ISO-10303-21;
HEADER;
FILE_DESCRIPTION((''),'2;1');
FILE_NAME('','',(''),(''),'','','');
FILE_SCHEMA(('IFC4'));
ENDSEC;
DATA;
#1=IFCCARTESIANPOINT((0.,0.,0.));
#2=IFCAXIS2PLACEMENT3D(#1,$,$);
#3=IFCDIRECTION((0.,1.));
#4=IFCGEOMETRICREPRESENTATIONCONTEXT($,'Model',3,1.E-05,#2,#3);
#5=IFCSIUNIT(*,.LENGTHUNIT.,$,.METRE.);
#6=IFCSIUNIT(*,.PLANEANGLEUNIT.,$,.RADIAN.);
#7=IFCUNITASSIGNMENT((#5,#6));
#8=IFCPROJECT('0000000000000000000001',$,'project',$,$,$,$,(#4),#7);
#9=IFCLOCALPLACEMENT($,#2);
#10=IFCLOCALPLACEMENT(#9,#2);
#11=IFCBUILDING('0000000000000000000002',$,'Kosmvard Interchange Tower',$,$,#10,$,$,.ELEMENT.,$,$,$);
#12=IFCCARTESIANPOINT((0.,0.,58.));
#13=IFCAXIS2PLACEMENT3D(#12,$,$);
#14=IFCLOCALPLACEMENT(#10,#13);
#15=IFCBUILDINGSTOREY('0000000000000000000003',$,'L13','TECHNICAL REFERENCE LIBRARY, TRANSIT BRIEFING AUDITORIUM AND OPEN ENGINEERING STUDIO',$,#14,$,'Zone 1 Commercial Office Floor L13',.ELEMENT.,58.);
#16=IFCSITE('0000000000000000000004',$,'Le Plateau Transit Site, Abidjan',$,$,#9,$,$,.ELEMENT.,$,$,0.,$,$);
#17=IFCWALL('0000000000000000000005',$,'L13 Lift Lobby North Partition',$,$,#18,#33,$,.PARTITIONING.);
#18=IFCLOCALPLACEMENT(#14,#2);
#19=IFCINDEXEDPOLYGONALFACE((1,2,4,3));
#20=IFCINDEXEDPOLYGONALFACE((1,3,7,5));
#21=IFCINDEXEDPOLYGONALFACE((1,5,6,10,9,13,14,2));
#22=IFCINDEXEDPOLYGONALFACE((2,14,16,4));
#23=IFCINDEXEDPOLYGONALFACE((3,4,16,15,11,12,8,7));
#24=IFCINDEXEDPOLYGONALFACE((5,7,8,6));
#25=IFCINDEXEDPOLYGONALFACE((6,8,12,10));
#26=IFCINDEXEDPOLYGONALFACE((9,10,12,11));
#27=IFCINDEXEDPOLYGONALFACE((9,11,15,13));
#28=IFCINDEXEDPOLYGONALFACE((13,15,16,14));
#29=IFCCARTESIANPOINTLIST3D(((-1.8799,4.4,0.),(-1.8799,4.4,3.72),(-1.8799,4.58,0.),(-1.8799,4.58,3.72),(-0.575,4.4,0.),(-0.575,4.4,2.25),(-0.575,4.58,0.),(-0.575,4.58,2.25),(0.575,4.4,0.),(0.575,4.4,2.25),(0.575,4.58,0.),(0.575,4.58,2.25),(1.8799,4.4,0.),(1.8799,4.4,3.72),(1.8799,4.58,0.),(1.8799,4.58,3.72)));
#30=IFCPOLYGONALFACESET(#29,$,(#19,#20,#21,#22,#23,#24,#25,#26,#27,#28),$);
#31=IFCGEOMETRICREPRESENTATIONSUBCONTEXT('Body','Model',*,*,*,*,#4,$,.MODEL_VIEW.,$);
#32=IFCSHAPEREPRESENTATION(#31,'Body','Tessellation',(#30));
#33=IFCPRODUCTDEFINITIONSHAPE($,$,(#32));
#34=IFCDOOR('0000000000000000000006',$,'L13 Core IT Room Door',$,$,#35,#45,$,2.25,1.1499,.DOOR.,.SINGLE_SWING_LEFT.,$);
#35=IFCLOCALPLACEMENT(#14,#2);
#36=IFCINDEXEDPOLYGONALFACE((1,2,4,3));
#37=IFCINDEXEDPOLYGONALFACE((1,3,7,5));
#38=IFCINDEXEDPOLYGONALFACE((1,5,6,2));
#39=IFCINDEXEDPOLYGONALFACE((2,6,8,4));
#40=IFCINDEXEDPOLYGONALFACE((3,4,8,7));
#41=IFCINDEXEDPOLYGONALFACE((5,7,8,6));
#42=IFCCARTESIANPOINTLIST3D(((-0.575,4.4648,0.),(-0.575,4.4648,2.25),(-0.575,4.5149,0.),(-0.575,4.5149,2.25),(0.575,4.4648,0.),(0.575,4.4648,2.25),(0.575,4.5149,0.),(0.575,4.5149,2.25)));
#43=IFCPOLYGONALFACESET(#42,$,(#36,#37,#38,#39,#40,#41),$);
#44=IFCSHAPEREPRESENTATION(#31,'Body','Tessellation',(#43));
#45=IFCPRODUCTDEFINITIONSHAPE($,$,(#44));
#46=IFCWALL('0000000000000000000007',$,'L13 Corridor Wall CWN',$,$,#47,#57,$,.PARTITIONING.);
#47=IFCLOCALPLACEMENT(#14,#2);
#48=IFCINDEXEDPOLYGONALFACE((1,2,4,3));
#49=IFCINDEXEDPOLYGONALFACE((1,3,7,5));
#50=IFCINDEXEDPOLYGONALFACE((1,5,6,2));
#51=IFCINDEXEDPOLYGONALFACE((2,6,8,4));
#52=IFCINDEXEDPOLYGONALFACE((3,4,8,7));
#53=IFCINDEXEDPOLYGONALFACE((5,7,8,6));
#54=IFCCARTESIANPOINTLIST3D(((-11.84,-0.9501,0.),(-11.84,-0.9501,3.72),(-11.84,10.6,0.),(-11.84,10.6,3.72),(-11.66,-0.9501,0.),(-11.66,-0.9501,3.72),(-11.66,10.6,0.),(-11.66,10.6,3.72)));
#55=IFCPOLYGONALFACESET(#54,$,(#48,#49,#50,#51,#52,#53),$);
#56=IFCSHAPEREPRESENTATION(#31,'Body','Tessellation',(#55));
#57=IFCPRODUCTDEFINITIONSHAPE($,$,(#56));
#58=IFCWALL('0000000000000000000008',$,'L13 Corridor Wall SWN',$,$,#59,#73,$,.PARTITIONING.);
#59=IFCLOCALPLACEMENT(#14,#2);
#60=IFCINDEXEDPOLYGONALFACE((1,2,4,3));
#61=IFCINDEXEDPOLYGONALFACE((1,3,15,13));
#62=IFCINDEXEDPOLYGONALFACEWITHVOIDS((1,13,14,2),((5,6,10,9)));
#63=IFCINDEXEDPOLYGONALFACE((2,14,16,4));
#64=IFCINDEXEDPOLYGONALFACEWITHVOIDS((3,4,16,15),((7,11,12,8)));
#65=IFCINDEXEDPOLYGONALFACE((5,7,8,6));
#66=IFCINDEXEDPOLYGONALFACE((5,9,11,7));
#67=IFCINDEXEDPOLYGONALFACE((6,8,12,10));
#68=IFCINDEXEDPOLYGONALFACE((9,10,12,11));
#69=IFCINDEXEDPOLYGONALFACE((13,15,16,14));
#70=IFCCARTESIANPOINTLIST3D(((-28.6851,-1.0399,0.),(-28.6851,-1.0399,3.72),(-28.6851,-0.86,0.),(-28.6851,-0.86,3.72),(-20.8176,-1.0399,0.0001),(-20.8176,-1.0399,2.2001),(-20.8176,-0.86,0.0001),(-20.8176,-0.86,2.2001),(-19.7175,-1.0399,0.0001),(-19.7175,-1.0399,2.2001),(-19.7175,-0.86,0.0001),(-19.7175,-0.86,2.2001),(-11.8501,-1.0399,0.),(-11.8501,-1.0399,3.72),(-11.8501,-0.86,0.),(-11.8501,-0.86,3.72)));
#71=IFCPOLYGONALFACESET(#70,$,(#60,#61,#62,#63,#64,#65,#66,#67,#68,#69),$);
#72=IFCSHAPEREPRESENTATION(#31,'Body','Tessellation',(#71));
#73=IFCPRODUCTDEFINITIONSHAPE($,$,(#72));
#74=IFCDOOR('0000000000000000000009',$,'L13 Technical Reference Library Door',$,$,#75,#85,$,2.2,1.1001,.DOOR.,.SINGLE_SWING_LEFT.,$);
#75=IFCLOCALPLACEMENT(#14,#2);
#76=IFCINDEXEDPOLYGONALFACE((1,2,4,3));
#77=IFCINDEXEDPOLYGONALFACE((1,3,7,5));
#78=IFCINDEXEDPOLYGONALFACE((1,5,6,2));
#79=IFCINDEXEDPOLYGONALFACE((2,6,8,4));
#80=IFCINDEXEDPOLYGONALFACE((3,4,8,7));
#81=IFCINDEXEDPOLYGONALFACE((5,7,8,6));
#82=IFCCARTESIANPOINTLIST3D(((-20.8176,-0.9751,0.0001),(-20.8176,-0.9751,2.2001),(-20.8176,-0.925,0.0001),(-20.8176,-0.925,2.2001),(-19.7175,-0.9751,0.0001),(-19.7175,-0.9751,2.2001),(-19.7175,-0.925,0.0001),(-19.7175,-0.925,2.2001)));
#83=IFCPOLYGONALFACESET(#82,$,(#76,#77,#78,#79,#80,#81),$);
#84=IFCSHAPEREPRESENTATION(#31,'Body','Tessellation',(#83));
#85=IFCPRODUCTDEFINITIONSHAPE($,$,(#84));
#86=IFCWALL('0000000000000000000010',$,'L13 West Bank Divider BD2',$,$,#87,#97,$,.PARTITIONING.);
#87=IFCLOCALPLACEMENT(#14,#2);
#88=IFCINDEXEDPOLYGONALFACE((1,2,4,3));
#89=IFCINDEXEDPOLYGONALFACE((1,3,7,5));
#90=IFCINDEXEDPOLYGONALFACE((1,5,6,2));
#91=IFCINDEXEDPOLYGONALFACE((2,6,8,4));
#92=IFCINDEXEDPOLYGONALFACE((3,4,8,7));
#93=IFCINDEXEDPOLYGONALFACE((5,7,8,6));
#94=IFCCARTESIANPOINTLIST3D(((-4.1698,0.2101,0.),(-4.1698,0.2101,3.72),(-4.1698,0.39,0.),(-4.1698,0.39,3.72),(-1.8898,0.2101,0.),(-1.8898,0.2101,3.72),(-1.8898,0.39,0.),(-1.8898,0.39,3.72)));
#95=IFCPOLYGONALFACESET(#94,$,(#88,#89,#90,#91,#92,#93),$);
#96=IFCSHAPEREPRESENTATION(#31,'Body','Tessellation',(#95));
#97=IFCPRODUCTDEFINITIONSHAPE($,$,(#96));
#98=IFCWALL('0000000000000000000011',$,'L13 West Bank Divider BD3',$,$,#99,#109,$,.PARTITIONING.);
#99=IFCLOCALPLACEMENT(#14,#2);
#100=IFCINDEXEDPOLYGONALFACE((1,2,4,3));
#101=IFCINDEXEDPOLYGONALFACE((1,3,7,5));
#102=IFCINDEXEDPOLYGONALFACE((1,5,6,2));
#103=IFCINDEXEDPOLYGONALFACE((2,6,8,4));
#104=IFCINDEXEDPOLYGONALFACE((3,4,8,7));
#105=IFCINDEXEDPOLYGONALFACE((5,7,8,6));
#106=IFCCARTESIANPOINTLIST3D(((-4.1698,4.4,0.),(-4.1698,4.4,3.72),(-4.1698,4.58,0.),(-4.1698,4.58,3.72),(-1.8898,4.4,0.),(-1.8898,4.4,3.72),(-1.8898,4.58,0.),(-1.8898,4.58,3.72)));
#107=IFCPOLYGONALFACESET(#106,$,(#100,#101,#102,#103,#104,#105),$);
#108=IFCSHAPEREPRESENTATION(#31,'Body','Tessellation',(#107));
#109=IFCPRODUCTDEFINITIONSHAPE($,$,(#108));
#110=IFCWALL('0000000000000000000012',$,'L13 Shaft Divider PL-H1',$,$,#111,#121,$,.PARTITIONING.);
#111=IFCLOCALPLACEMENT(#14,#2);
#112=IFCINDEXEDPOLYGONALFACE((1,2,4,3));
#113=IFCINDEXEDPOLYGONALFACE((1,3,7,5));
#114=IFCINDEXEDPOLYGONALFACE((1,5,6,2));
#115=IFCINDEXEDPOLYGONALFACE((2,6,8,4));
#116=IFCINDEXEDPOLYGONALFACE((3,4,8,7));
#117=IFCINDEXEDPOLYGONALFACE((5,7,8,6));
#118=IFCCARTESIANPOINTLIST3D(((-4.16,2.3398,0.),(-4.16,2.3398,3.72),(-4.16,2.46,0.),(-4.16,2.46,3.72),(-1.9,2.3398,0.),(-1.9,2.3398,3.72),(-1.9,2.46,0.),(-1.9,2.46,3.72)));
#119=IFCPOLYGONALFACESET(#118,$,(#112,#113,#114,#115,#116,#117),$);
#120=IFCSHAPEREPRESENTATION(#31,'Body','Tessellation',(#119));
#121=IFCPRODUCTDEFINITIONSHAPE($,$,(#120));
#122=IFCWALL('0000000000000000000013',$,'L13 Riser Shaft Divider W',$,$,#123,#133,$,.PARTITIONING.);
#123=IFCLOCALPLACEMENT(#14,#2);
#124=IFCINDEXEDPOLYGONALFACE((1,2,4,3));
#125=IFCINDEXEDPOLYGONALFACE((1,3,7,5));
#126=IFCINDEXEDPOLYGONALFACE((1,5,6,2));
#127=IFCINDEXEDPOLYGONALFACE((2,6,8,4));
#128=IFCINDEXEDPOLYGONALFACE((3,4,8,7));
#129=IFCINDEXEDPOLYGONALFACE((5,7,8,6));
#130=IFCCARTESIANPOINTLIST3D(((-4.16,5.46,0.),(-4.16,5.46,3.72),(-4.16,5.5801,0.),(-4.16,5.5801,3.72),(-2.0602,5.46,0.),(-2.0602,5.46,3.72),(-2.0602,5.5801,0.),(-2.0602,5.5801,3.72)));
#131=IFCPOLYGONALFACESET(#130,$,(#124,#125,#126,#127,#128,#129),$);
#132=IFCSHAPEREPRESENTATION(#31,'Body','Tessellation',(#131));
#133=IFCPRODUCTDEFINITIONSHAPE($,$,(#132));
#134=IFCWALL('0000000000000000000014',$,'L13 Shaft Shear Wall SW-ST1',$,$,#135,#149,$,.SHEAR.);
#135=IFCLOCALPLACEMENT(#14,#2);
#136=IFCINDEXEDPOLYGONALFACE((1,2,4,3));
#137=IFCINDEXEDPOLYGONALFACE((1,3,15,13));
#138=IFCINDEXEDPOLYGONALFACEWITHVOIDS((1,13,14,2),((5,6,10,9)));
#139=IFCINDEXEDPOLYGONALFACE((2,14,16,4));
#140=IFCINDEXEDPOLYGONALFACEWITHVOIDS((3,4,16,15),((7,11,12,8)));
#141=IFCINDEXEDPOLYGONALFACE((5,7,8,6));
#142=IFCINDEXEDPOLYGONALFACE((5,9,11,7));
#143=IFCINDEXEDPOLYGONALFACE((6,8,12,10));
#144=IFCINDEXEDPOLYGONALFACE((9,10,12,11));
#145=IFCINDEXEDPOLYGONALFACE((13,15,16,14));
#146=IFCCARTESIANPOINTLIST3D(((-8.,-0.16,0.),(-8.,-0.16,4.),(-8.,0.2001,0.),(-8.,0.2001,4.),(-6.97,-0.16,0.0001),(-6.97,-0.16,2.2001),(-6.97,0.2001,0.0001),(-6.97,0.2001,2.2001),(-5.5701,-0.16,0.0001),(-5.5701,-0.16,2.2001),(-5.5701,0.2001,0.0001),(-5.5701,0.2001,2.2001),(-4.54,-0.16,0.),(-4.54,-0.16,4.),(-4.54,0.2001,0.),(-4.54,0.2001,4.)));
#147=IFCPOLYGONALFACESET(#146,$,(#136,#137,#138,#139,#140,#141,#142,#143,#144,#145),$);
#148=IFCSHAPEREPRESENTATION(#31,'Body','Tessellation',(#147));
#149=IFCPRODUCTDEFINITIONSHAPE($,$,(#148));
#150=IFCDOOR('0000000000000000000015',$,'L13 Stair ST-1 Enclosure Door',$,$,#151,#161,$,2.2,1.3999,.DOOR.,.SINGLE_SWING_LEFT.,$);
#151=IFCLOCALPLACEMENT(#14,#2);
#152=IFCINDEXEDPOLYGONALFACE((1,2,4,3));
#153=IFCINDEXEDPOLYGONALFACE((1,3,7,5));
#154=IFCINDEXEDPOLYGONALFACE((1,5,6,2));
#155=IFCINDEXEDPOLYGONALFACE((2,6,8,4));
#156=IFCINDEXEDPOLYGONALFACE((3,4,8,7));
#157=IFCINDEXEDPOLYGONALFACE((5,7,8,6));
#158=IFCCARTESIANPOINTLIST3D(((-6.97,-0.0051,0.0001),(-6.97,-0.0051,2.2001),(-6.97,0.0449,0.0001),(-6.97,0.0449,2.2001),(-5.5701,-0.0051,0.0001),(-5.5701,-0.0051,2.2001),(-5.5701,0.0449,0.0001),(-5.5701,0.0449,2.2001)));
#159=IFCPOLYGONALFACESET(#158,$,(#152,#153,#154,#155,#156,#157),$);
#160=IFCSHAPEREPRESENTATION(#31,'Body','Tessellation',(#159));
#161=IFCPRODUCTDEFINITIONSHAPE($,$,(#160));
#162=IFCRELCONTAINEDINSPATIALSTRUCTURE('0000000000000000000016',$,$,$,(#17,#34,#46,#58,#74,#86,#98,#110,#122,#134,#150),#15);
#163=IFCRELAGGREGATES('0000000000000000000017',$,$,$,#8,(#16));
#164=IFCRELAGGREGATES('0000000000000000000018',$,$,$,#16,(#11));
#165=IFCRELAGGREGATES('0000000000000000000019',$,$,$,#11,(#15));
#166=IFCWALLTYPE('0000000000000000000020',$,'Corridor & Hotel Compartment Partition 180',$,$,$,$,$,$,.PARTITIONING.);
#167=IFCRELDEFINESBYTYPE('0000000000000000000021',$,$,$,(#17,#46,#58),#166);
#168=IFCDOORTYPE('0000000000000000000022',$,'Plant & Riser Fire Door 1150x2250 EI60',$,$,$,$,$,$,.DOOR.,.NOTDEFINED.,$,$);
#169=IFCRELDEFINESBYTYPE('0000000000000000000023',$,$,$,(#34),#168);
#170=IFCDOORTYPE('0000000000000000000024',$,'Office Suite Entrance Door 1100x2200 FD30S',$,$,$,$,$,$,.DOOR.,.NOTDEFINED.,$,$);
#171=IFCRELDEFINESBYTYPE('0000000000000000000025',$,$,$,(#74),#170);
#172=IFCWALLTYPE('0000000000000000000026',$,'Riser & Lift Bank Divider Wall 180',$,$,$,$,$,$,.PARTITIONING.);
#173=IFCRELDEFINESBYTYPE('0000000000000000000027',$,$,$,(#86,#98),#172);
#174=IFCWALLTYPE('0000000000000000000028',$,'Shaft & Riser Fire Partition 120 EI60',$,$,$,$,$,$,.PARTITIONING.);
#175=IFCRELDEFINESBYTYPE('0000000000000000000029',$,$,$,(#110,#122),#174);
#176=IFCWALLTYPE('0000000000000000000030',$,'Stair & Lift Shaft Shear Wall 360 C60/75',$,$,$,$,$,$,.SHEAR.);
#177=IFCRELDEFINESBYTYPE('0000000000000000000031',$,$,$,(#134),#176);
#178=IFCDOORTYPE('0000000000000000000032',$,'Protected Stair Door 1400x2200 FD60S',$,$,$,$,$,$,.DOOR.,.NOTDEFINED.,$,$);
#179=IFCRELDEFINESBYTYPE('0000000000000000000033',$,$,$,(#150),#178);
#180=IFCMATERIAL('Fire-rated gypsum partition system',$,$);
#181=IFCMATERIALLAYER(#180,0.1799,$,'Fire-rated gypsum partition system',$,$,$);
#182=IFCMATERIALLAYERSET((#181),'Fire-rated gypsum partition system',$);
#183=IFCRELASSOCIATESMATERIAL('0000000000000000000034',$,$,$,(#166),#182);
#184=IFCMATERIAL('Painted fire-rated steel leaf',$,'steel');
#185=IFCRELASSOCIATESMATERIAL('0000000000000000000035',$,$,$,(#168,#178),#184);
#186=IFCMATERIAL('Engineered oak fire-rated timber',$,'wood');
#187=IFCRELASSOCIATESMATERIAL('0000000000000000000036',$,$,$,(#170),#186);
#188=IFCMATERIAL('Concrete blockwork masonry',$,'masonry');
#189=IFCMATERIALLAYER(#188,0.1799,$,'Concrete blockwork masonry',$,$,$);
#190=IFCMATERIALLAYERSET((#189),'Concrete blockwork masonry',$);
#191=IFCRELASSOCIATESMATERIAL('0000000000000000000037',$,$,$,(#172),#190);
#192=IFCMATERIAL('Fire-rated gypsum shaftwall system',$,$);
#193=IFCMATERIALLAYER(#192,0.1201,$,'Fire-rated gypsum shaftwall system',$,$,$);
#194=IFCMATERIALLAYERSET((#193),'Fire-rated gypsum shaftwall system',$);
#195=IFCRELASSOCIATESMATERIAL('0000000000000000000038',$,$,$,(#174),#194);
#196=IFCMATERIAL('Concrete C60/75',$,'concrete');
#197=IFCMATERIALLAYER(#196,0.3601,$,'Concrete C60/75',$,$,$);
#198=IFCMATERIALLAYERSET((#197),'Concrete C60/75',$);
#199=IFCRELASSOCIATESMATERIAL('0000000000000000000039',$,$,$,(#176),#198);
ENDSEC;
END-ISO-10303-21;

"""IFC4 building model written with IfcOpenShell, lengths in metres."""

from ifc_helpers import new_model, si_unit, direction, frame, frame_2d, origin, place, context, subcontext, project, spatial, rectangle, extrude, source, transform, mapped, material, layer, layer_set, type_object, element, fill, save


model = new_model("IFC4")

# Units and contexts
model_context = context("Model", 3, precision=1e-05, world=origin(), true_north=direction((0.0, 1.0)))
body_context = subcontext(model_context, "Body", "Model", "MODEL_VIEW")
ifc_project = project(units=[si_unit("LENGTHUNIT", "METRE"), si_unit("PLANEANGLEUNIT", "RADIAN")], contexts=[model_context])

# Site, building, storey
site_placement = place(None, origin())
site = spatial("IfcSite", under=ifc_project, at=site_placement, Name="Le Plateau Transit Site, Abidjan", CompositionType="ELEMENT", RefElevation=0.0)
building_placement = place(site_placement, origin())
building = spatial("IfcBuilding", under=site, at=building_placement, Name="Kosmvard Interchange Tower", CompositionType="ELEMENT")
storey_placement = place(building_placement, frame((0.0, 0.0, 58.0)))
storey = spatial("IfcBuildingStorey", under=building, at=storey_placement, Name="L13", Description="TECHNICAL REFERENCE LIBRARY, TRANSIT BRIEFING AUDITORIUM AND OPEN ENGINEERING STUDIO", LongName="Zone 1 Commercial Office Floor L13", CompositionType="ELEMENT", Elevation=58.0)

# Shared definitions
ifc_material_1 = material(Name="Concrete C60/75", Category="concrete")

# Shared definitions
ifc_material_2 = material(Name="Fire-rated gypsum partition system")

# Wall, opening, door
ifc_layer_1 = layer(ifc_material_2, 0.1799, Name="Fire-rated gypsum partition system")
ifc_layer_set_1 = layer_set([ifc_layer_1], Name="Fire-rated gypsum partition system")
wall_type_1 = type_object("IfcWallType", Name="Corridor & Hotel Compartment Partition 180", PredefinedType="PARTITIONING", material=ifc_layer_set_1)
wall_1_placement = place(storey_placement, frame((-1.8799, 4.49, 0.0), z_axis=(0.0, 0.0, 1.0), x_axis=(1.0, 0.0, 0.0)))
wall_1 = element("IfcWall", 1, at=wall_1_placement, inside=storey, type_object=wall_type_1, Name="L13 Lift Lobby North Partition", PredefinedType="PARTITIONING", context=body_context, shape_type="SweptSolid", body=[
    extrude(rectangle(XDim=3.7598, YDim=0.1799, at=frame_2d((1.8799, 0.0))), origin(), (0.0, 0.0, 1.0), 3.72),
])
opening_1_placement = place(wall_1_placement, frame((1.3049, 0.0, 0.0)))
opening_1 = element("IfcOpeningElement", 2, at=opening_1_placement, cuts=wall_1, PredefinedType="OPENING", context=body_context, shape_type="SweptSolid", body=[
    extrude(rectangle(XDim=1.1499, YDim=2.25, at=frame_2d((0.575, 1.125))), frame((0.0, 0.1001, 0.0), z_axis=(0.0, -1.0, 0.0), x_axis=(1.0, 0.0, 0.0)), (0.0, 0.0, 1.0), 0.2),
])
ifc_material_3 = material(Name="Painted fire-rated steel leaf", Category="steel")
door_type_1 = type_object("IfcDoorType", Name="Plant & Riser Fire Door 1150x2250 EI60", OperationType="NOTDEFINED", PredefinedType="DOOR", material=ifc_material_3)
shared_shape_1 = source(origin(), body_context, "Body", "SweptSolid", [
    extrude(rectangle(XDim=1.1499, YDim=2.25, at=frame_2d((0.575, 1.125))), frame((0.0, 0.0249, 0.0), z_axis=(0.0, -1.0, 0.0), x_axis=(1.0, 0.0, 0.0)), (0.0, 0.0, 1.0), 0.05),
])
door_1_placement = place(opening_1_placement, origin())
door_1 = element("IfcDoor", 3, at=door_1_placement, inside=storey, type_object=door_type_1, Name="L13 Core IT Room Door", OperationType="SINGLE_SWING_LEFT", OverallHeight=2.25, OverallWidth=1.1499, PredefinedType="DOOR", context=body_context, shape_type="MappedRepresentation", body=[
    mapped(shared_shape_1, transform((0.0, 0.0, 0.0), scale=1.0)),
])
fill(opening_1, door_1)

# Wall
wall_2_placement = place(storey_placement, frame((-11.75, -0.95, 0.0), z_axis=(0.0, 0.0, 1.0), x_axis=(0.0, 1.0, 0.0)))
element("IfcWall", 4, at=wall_2_placement, inside=storey, type_object=wall_type_1, Name="L13 Corridor Wall CWN", PredefinedType="PARTITIONING", context=body_context, shape_type="SweptSolid", body=[
    extrude(rectangle(XDim=11.55, YDim=0.1799, at=frame_2d((5.7749, 0.0))), origin(), (0.0, 0.0, 1.0), 3.72),
])

# Wall, opening, door
wall_3_placement = place(storey_placement, frame((-28.6851, -0.95, 0.0), z_axis=(0.0, 0.0, 1.0), x_axis=(1.0, 0.0, 0.0)))
wall_3 = element("IfcWall", 5, at=wall_3_placement, inside=storey, type_object=wall_type_1, Name="L13 Corridor Wall SWN", PredefinedType="PARTITIONING", context=body_context, shape_type="SweptSolid", body=[
    extrude(rectangle(XDim=16.835, YDim=0.1799, at=frame_2d((8.4175, 0.0))), origin(), (0.0, 0.0, 1.0), 3.72),
])
opening_2_placement = place(wall_3_placement, frame((7.8674, 0.0, 0.0)))
opening_2 = element("IfcOpeningElement", 6, at=opening_2_placement, cuts=wall_3, PredefinedType="OPENING", context=body_context, shape_type="SweptSolid", body=[
    extrude(rectangle(XDim=1.1001, YDim=2.2, at=frame_2d((0.55, 1.1001))), frame((0.0, 0.1001, 0.0), z_axis=(0.0, -1.0, 0.0), x_axis=(1.0, 0.0, 0.0)), (0.0, 0.0, 1.0), 0.2),
])
ifc_material_4 = material(Name="Engineered oak fire-rated timber", Category="wood")
door_type_2 = type_object("IfcDoorType", Name="Office Suite Entrance Door 1100x2200 FD30S", OperationType="NOTDEFINED", PredefinedType="DOOR", material=ifc_material_4)
shared_shape_2 = source(origin(), body_context, "Body", "SweptSolid", [
    extrude(rectangle(XDim=1.1001, YDim=2.2, at=frame_2d((0.55, 1.1001))), frame((0.0, 0.0249, 0.0), z_axis=(0.0, -1.0, 0.0), x_axis=(1.0, 0.0, 0.0)), (0.0, 0.0, 1.0), 0.05),
])
door_2_placement = place(opening_2_placement, origin())
door_2 = element("IfcDoor", 7, at=door_2_placement, inside=storey, type_object=door_type_2, Name="L13 Technical Reference Library Door", OperationType="SINGLE_SWING_LEFT", OverallHeight=2.2, OverallWidth=1.1001, PredefinedType="DOOR", context=body_context, shape_type="MappedRepresentation", body=[
    mapped(shared_shape_2, transform((0.0, 0.0, 0.0), scale=1.0)),
])
fill(opening_2, door_2)

# Walls
ifc_material_5 = material(Name="Concrete blockwork masonry", Category="masonry")
ifc_layer_2 = layer(ifc_material_5, 0.1799, Name="Concrete blockwork masonry")
ifc_layer_set_2 = layer_set([ifc_layer_2], Name="Concrete blockwork masonry")
wall_type_2 = type_object("IfcWallType", Name="Riser & Lift Bank Divider Wall 180", PredefinedType="PARTITIONING", material=ifc_layer_set_2)
for number, where, z_axis, x_axis, name in (
    (8, (-4.1699, 0.3, 0.0), (0.0, 0.0, 1.0), (1.0, 0.0, 0.0), "L13 West Bank Divider BD2"),
    (9, (-4.1699, 4.49, 0.0), (0.0, 0.0, 1.0), (1.0, 0.0, 0.0), "L13 West Bank Divider BD3"),
):
    element("IfcWall", number, at=place(storey_placement, frame(where, z_axis=z_axis, x_axis=x_axis)), inside=storey, type_object=wall_type_2, Name=name, PredefinedType="PARTITIONING", context=body_context, shape_type="SweptSolid", body=[
        extrude(rectangle(XDim=2.28, YDim=0.1799, at=frame_2d((1.1401, 0.0))), origin(), (0.0, 0.0, 1.0), 3.72),
    ])
ifc_material_6 = material(Name="Fire-rated gypsum shaftwall system")
ifc_layer_3 = layer(ifc_material_6, 0.1201, Name="Fire-rated gypsum shaftwall system")
ifc_layer_set_3 = layer_set([ifc_layer_3], Name="Fire-rated gypsum shaftwall system")
wall_type_3 = type_object("IfcWallType", Name="Shaft & Riser Fire Partition 120 EI60", PredefinedType="PARTITIONING", material=ifc_layer_set_3)
wall_4_placement = place(storey_placement, frame((-4.1599, 2.3999, 0.0), z_axis=(0.0, 0.0, 1.0), x_axis=(1.0, 0.0, 0.0)))
element("IfcWall", 10, at=wall_4_placement, inside=storey, type_object=wall_type_3, Name="L13 Shaft Divider PL-H1", PredefinedType="PARTITIONING", context=body_context, shape_type="SweptSolid", body=[
    extrude(rectangle(XDim=2.26, YDim=0.1201, at=frame_2d((1.1299, 0.0))), origin(), (0.0, 0.0, 1.0), 3.72),
])
wall_5_placement = place(storey_placement, frame((-4.1599, 5.52, 0.0), z_axis=(0.0, 0.0, 1.0), x_axis=(1.0, 0.0, 0.0)))
element("IfcWall", 11, at=wall_5_placement, inside=storey, type_object=wall_type_3, Name="L13 Riser Shaft Divider W", PredefinedType="PARTITIONING", context=body_context, shape_type="SweptSolid", body=[
    extrude(rectangle(XDim=2.0999, YDim=0.1201, at=frame_2d((1.0498, 0.0))), origin(), (0.0, 0.0, 1.0), 3.72),
])

# Wall, opening, door
ifc_layer_4 = layer(ifc_material_1, 0.3601, Name="Concrete C60/75")
ifc_layer_set_4 = layer_set([ifc_layer_4], Name="Concrete C60/75")
wall_type_4 = type_object("IfcWallType", Name="Stair & Lift Shaft Shear Wall 360 C60/75", PredefinedType="SHEAR", material=ifc_layer_set_4)
wall_6_placement = place(storey_placement, frame((-8.0, 0.02, 0.0), z_axis=(0.0, 0.0, 1.0), x_axis=(1.0, 0.0, 0.0)))
wall_6 = element("IfcWall", 12, at=wall_6_placement, inside=storey, type_object=wall_type_4, Name="L13 Shaft Shear Wall SW-ST1", PredefinedType="SHEAR", context=body_context, shape_type="SweptSolid", body=[
    extrude(rectangle(XDim=3.46, YDim=0.3601, at=frame_2d((1.73, 0.0))), origin(), (0.0, 0.0, 1.0), 4.0),
])
opening_3_placement = place(wall_6_placement, frame((1.03, 0.0, 0.0)))
opening_3 = element("IfcOpeningElement", 13, at=opening_3_placement, cuts=wall_6, PredefinedType="OPENING", context=body_context, shape_type="SweptSolid", body=[
    extrude(rectangle(XDim=1.3999, YDim=2.2, at=frame_2d((0.7, 1.1001))), frame((0.0, 0.1899, 0.0), z_axis=(0.0, -1.0, 0.0), x_axis=(1.0, 0.0, 0.0)), (0.0, 0.0, 1.0), 0.3801),
])
door_type_3 = type_object("IfcDoorType", Name="Protected Stair Door 1400x2200 FD60S", OperationType="NOTDEFINED", PredefinedType="DOOR", material=ifc_material_3)
shared_shape_3 = source(origin(), body_context, "Body", "SweptSolid", [
    extrude(rectangle(XDim=1.3999, YDim=2.2, at=frame_2d((0.7, 1.1001))), frame((0.0, 0.0249, 0.0), z_axis=(0.0, -1.0, 0.0), x_axis=(1.0, 0.0, 0.0)), (0.0, 0.0, 1.0), 0.05),
])
door_3_placement = place(opening_3_placement, origin())
door_3 = element("IfcDoor", 14, at=door_3_placement, inside=storey, type_object=door_type_3, Name="L13 Stair ST-1 Enclosure Door", OperationType="SINGLE_SWING_LEFT", OverallHeight=2.2, OverallWidth=1.3999, PredefinedType="DOOR", context=body_context, shape_type="MappedRepresentation", body=[
    mapped(shared_shape_3, transform((0.0, 0.0, 0.0), scale=1.0)),
])
fill(opening_3, door_3)

save(model, "model.ifc")
